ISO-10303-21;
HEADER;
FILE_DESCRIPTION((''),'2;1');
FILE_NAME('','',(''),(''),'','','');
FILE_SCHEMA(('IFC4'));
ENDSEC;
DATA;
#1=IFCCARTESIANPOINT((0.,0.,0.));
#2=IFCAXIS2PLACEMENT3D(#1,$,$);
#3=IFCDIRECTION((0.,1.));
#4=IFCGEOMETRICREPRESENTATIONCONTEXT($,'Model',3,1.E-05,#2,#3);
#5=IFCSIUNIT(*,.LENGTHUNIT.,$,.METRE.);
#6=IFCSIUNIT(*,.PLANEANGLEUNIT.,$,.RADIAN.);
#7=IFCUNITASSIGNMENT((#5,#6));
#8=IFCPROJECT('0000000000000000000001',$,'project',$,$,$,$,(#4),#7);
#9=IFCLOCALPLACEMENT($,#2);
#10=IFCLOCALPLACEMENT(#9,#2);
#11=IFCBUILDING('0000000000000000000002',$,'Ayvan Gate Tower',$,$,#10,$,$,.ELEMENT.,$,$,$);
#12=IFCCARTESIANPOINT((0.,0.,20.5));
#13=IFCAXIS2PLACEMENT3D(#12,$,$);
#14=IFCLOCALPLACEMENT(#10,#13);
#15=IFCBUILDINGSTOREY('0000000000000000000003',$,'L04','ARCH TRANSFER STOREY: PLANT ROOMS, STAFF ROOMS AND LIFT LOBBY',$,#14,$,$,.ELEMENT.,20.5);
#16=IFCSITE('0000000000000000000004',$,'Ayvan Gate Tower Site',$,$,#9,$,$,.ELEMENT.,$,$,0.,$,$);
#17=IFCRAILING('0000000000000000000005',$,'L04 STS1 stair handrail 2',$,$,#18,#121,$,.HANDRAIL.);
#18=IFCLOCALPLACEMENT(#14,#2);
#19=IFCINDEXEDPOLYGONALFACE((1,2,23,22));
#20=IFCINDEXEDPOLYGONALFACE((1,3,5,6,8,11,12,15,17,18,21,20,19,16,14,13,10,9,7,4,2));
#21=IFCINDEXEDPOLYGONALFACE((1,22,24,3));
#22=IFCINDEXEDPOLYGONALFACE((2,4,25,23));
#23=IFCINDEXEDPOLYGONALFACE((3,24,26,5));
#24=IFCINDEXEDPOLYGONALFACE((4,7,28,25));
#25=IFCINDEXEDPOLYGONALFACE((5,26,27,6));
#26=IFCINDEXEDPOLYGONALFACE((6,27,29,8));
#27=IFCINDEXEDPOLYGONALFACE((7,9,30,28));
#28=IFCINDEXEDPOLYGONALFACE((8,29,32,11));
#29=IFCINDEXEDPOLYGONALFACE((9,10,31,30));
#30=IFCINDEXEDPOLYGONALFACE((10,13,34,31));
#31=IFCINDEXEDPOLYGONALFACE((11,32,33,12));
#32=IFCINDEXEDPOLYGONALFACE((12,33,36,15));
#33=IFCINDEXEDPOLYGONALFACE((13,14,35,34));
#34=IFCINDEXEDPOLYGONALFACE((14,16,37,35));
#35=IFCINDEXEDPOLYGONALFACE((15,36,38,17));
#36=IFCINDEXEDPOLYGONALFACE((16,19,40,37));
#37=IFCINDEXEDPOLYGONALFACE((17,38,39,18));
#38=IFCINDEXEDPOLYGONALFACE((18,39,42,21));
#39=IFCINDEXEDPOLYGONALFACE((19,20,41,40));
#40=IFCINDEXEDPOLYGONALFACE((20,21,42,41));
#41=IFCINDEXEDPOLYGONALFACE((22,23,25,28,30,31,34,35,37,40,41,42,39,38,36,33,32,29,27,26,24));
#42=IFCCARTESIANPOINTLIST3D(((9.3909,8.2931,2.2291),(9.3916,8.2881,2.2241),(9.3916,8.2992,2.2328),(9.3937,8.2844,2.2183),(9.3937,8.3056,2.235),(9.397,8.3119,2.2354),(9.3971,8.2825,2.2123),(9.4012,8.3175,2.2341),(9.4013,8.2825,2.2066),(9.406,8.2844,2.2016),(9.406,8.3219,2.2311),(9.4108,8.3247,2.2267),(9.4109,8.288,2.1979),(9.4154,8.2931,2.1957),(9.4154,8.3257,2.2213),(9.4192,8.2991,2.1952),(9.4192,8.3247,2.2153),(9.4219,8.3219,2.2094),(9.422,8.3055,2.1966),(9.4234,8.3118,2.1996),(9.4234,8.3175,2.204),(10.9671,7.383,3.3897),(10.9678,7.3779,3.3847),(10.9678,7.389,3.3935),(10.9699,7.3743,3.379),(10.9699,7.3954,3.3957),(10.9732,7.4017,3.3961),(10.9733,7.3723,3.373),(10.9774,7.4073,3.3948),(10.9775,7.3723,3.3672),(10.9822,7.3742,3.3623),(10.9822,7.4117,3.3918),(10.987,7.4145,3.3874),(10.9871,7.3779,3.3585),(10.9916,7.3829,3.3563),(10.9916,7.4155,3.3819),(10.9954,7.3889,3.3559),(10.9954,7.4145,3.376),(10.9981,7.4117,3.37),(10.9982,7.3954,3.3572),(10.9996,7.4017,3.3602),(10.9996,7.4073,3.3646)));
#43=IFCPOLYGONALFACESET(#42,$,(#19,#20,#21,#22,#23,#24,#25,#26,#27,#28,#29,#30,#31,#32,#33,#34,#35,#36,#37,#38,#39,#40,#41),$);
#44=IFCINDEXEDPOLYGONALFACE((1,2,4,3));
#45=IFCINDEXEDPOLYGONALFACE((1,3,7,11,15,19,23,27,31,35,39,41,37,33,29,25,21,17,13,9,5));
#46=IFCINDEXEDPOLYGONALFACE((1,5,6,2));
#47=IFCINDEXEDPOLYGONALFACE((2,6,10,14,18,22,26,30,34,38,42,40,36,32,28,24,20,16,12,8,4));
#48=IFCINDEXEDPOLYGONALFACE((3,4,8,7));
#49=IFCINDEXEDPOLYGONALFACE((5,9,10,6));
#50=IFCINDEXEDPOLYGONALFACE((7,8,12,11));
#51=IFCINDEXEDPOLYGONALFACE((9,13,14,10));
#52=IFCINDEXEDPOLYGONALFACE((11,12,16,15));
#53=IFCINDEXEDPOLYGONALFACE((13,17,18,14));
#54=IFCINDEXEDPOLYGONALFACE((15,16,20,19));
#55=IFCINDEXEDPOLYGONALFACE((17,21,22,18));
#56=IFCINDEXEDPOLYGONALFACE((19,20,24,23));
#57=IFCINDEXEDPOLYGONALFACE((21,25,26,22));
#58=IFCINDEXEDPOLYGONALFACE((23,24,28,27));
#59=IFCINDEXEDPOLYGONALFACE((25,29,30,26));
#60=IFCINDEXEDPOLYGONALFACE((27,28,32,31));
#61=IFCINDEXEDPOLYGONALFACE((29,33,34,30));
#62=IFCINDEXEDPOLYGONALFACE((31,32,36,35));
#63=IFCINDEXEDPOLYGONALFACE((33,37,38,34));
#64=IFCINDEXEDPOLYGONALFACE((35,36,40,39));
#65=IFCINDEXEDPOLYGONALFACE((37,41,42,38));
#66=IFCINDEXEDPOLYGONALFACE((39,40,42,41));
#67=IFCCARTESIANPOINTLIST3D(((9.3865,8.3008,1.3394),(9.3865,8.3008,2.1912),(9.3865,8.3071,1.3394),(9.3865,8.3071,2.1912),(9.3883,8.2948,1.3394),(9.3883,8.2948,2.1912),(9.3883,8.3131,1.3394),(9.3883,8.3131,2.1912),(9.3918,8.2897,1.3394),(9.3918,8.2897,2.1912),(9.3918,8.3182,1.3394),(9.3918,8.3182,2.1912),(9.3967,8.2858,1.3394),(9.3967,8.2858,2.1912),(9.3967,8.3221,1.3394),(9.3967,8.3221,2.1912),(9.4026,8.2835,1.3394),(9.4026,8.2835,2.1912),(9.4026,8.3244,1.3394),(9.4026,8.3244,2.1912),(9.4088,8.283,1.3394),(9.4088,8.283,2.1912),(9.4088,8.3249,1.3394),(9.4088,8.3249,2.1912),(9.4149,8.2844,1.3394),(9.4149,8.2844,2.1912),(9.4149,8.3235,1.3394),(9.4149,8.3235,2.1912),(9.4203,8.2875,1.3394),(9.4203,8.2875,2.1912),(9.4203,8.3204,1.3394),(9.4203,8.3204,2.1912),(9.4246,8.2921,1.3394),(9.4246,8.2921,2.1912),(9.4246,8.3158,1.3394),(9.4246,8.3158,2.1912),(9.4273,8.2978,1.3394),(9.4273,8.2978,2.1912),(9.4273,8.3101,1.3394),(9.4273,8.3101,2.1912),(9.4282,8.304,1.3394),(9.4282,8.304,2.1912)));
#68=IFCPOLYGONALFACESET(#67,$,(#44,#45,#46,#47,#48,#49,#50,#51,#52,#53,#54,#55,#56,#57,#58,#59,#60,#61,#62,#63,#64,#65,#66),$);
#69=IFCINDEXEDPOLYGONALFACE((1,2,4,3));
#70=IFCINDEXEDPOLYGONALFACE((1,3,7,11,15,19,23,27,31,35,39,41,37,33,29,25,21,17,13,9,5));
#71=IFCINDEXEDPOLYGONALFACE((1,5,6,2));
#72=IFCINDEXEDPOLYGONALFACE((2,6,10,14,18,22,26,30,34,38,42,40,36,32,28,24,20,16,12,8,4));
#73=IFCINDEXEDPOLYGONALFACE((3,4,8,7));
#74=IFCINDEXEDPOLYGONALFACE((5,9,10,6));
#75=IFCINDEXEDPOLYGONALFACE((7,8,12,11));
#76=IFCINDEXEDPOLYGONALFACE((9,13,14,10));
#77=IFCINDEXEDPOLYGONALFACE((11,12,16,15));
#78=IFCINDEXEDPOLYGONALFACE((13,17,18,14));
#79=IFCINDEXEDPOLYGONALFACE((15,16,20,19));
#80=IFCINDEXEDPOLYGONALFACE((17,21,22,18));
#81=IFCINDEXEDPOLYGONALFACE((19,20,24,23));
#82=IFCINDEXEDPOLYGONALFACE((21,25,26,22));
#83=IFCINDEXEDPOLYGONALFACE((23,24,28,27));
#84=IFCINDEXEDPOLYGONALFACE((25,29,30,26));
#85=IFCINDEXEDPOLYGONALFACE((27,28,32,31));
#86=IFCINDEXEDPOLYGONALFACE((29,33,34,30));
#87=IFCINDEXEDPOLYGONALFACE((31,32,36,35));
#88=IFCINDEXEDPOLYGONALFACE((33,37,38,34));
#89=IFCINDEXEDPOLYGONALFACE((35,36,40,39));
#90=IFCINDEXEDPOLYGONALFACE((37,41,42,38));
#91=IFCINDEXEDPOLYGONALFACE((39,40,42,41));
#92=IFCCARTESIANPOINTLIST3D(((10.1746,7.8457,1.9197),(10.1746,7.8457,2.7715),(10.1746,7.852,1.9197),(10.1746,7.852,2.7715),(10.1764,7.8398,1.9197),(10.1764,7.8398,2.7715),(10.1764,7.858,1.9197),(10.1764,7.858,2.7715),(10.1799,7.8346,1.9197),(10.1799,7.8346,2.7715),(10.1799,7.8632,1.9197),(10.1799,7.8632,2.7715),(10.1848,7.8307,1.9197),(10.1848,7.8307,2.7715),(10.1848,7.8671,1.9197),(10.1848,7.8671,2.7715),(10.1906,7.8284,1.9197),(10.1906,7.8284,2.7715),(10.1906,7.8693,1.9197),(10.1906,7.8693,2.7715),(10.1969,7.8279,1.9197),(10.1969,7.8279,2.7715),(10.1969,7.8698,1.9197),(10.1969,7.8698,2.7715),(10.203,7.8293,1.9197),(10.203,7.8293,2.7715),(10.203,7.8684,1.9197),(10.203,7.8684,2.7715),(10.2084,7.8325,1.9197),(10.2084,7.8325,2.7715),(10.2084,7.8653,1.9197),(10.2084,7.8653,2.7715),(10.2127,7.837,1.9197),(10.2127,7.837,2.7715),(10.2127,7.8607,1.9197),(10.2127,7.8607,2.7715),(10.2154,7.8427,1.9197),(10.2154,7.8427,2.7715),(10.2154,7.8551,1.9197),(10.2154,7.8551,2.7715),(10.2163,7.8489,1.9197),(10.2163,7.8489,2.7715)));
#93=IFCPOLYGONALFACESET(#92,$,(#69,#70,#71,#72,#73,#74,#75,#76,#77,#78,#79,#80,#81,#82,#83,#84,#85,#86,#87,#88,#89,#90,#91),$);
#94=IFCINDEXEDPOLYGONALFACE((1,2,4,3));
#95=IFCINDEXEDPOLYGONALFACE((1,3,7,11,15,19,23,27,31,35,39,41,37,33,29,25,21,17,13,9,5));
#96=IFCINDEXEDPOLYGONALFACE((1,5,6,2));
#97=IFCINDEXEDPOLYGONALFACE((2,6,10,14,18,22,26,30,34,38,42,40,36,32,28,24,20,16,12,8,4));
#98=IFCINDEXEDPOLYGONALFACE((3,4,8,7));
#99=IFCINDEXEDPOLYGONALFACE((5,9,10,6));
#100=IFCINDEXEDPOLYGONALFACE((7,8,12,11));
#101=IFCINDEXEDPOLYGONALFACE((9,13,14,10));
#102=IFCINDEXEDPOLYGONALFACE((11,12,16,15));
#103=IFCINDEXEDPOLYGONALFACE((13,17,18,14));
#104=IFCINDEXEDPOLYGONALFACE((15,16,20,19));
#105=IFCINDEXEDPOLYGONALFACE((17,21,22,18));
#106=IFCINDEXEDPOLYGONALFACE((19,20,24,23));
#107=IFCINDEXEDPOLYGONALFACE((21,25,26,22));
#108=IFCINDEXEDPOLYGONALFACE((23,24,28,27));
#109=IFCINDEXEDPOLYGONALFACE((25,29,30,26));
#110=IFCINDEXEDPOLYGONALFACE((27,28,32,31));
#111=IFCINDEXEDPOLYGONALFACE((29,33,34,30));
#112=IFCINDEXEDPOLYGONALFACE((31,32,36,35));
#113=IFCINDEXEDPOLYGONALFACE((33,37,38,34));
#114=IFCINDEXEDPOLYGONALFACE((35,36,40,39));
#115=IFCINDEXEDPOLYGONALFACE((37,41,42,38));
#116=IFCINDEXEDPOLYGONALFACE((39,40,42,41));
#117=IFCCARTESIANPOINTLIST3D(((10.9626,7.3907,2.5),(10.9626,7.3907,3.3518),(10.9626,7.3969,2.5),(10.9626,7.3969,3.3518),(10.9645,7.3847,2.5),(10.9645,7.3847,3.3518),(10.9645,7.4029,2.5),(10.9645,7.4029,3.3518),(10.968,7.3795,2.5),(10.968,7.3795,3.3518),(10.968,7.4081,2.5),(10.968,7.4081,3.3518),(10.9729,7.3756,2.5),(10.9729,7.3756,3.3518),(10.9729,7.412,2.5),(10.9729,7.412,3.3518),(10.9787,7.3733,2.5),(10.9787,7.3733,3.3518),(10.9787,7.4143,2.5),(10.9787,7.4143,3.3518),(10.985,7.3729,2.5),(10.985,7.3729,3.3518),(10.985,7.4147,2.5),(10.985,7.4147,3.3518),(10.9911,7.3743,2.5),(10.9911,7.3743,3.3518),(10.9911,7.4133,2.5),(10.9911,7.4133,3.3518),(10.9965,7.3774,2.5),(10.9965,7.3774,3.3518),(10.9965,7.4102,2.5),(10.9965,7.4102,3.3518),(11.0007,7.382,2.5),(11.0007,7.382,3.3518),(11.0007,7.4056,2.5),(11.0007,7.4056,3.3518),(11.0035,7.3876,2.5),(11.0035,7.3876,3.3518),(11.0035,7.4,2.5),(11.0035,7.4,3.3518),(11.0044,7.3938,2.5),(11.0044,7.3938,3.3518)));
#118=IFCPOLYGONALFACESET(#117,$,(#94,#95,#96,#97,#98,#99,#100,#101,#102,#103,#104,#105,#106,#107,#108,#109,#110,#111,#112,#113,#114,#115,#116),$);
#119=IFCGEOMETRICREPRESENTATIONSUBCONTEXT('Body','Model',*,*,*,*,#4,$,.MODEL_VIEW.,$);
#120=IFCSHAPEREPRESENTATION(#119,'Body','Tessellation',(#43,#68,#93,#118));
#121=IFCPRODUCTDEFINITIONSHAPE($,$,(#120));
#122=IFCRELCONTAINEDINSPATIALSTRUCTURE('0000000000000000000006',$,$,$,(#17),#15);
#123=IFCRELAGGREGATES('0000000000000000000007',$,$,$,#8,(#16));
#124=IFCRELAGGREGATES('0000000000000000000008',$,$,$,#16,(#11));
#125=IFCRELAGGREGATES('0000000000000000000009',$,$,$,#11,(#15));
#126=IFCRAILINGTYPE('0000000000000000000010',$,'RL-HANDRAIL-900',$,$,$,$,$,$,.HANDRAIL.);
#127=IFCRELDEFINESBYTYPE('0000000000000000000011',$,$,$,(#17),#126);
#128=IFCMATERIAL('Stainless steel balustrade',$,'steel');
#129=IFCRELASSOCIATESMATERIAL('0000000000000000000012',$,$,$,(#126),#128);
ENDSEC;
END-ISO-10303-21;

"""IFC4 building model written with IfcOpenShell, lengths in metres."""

from ifc_helpers import new_model, si_unit, direction, frame, origin, origin_2d, place, context, subcontext, project, spatial, circle, extrude, material, type_object, element, save


model = new_model("IFC4")

# Units and contexts
model_context = context("Model", 3, precision=1e-05, world=origin(), true_north=direction((0.0, 1.0)))
body_context = subcontext(model_context, "Body", "Model", "MODEL_VIEW")
ifc_project = project(units=[si_unit("LENGTHUNIT", "METRE"), si_unit("PLANEANGLEUNIT", "RADIAN")], contexts=[model_context])

# Site, building, storey
site_placement = place(None, origin())
site = spatial("IfcSite", under=ifc_project, at=site_placement, Name="Ayvan Gate Tower Site", CompositionType="ELEMENT", RefElevation=0.0)
building_placement = place(site_placement, origin())
building = spatial("IfcBuilding", under=site, at=building_placement, Name="Ayvan Gate Tower", CompositionType="ELEMENT")
storey_placement = place(building_placement, frame((0.0, 0.0, 20.5)))
storey = spatial("IfcBuildingStorey", under=building, at=storey_placement, Name="L04", Description="ARCH TRANSFER STOREY: PLANT ROOMS, STAFF ROOMS AND LIFT LOBBY", CompositionType="ELEMENT", Elevation=20.5)

# Railing
ifc_material_1 = material(Name="Stainless steel balustrade", Category="steel")
railing_type_1 = type_object("IfcRailingType", Name="RL-HANDRAIL-900", PredefinedType="HANDRAIL", material=ifc_material_1)
railing_1_placement = place(storey_placement, frame((9.4072, 8.304, 1.3394)))
element("IfcRailing", 1, at=railing_1_placement, inside=storey, type_object=railing_type_1, Name="L04 STS1 stair handrail 2", PredefinedType="HANDRAIL", context=body_context, shape_type="SweptSolid", body=[
    extrude(circle(Radius=0.0239, at=origin_2d()), frame((0.0, 0.0, 0.876), z_axis=(0.730163, -0.421631, 0.53767), x_axis=(0.500063, 0.865989, 0.0)), (0.0, 0.0, 1.0), 2.1587),
    extrude(circle(Radius=0.021, at=origin_2d()), origin(), (0.0, 0.0, 1.0), 0.8518),
    extrude(circle(Radius=0.021, at=origin_2d()), frame((0.7881, -0.4551, 0.5803)), (0.0, 0.0, 1.0), 0.8518),
    extrude(circle(Radius=0.021, at=origin_2d()), frame((1.5762, -0.9102, 1.1606)), (0.0, 0.0, 1.0), 0.8518),
])

save(model, "model.ifc")
